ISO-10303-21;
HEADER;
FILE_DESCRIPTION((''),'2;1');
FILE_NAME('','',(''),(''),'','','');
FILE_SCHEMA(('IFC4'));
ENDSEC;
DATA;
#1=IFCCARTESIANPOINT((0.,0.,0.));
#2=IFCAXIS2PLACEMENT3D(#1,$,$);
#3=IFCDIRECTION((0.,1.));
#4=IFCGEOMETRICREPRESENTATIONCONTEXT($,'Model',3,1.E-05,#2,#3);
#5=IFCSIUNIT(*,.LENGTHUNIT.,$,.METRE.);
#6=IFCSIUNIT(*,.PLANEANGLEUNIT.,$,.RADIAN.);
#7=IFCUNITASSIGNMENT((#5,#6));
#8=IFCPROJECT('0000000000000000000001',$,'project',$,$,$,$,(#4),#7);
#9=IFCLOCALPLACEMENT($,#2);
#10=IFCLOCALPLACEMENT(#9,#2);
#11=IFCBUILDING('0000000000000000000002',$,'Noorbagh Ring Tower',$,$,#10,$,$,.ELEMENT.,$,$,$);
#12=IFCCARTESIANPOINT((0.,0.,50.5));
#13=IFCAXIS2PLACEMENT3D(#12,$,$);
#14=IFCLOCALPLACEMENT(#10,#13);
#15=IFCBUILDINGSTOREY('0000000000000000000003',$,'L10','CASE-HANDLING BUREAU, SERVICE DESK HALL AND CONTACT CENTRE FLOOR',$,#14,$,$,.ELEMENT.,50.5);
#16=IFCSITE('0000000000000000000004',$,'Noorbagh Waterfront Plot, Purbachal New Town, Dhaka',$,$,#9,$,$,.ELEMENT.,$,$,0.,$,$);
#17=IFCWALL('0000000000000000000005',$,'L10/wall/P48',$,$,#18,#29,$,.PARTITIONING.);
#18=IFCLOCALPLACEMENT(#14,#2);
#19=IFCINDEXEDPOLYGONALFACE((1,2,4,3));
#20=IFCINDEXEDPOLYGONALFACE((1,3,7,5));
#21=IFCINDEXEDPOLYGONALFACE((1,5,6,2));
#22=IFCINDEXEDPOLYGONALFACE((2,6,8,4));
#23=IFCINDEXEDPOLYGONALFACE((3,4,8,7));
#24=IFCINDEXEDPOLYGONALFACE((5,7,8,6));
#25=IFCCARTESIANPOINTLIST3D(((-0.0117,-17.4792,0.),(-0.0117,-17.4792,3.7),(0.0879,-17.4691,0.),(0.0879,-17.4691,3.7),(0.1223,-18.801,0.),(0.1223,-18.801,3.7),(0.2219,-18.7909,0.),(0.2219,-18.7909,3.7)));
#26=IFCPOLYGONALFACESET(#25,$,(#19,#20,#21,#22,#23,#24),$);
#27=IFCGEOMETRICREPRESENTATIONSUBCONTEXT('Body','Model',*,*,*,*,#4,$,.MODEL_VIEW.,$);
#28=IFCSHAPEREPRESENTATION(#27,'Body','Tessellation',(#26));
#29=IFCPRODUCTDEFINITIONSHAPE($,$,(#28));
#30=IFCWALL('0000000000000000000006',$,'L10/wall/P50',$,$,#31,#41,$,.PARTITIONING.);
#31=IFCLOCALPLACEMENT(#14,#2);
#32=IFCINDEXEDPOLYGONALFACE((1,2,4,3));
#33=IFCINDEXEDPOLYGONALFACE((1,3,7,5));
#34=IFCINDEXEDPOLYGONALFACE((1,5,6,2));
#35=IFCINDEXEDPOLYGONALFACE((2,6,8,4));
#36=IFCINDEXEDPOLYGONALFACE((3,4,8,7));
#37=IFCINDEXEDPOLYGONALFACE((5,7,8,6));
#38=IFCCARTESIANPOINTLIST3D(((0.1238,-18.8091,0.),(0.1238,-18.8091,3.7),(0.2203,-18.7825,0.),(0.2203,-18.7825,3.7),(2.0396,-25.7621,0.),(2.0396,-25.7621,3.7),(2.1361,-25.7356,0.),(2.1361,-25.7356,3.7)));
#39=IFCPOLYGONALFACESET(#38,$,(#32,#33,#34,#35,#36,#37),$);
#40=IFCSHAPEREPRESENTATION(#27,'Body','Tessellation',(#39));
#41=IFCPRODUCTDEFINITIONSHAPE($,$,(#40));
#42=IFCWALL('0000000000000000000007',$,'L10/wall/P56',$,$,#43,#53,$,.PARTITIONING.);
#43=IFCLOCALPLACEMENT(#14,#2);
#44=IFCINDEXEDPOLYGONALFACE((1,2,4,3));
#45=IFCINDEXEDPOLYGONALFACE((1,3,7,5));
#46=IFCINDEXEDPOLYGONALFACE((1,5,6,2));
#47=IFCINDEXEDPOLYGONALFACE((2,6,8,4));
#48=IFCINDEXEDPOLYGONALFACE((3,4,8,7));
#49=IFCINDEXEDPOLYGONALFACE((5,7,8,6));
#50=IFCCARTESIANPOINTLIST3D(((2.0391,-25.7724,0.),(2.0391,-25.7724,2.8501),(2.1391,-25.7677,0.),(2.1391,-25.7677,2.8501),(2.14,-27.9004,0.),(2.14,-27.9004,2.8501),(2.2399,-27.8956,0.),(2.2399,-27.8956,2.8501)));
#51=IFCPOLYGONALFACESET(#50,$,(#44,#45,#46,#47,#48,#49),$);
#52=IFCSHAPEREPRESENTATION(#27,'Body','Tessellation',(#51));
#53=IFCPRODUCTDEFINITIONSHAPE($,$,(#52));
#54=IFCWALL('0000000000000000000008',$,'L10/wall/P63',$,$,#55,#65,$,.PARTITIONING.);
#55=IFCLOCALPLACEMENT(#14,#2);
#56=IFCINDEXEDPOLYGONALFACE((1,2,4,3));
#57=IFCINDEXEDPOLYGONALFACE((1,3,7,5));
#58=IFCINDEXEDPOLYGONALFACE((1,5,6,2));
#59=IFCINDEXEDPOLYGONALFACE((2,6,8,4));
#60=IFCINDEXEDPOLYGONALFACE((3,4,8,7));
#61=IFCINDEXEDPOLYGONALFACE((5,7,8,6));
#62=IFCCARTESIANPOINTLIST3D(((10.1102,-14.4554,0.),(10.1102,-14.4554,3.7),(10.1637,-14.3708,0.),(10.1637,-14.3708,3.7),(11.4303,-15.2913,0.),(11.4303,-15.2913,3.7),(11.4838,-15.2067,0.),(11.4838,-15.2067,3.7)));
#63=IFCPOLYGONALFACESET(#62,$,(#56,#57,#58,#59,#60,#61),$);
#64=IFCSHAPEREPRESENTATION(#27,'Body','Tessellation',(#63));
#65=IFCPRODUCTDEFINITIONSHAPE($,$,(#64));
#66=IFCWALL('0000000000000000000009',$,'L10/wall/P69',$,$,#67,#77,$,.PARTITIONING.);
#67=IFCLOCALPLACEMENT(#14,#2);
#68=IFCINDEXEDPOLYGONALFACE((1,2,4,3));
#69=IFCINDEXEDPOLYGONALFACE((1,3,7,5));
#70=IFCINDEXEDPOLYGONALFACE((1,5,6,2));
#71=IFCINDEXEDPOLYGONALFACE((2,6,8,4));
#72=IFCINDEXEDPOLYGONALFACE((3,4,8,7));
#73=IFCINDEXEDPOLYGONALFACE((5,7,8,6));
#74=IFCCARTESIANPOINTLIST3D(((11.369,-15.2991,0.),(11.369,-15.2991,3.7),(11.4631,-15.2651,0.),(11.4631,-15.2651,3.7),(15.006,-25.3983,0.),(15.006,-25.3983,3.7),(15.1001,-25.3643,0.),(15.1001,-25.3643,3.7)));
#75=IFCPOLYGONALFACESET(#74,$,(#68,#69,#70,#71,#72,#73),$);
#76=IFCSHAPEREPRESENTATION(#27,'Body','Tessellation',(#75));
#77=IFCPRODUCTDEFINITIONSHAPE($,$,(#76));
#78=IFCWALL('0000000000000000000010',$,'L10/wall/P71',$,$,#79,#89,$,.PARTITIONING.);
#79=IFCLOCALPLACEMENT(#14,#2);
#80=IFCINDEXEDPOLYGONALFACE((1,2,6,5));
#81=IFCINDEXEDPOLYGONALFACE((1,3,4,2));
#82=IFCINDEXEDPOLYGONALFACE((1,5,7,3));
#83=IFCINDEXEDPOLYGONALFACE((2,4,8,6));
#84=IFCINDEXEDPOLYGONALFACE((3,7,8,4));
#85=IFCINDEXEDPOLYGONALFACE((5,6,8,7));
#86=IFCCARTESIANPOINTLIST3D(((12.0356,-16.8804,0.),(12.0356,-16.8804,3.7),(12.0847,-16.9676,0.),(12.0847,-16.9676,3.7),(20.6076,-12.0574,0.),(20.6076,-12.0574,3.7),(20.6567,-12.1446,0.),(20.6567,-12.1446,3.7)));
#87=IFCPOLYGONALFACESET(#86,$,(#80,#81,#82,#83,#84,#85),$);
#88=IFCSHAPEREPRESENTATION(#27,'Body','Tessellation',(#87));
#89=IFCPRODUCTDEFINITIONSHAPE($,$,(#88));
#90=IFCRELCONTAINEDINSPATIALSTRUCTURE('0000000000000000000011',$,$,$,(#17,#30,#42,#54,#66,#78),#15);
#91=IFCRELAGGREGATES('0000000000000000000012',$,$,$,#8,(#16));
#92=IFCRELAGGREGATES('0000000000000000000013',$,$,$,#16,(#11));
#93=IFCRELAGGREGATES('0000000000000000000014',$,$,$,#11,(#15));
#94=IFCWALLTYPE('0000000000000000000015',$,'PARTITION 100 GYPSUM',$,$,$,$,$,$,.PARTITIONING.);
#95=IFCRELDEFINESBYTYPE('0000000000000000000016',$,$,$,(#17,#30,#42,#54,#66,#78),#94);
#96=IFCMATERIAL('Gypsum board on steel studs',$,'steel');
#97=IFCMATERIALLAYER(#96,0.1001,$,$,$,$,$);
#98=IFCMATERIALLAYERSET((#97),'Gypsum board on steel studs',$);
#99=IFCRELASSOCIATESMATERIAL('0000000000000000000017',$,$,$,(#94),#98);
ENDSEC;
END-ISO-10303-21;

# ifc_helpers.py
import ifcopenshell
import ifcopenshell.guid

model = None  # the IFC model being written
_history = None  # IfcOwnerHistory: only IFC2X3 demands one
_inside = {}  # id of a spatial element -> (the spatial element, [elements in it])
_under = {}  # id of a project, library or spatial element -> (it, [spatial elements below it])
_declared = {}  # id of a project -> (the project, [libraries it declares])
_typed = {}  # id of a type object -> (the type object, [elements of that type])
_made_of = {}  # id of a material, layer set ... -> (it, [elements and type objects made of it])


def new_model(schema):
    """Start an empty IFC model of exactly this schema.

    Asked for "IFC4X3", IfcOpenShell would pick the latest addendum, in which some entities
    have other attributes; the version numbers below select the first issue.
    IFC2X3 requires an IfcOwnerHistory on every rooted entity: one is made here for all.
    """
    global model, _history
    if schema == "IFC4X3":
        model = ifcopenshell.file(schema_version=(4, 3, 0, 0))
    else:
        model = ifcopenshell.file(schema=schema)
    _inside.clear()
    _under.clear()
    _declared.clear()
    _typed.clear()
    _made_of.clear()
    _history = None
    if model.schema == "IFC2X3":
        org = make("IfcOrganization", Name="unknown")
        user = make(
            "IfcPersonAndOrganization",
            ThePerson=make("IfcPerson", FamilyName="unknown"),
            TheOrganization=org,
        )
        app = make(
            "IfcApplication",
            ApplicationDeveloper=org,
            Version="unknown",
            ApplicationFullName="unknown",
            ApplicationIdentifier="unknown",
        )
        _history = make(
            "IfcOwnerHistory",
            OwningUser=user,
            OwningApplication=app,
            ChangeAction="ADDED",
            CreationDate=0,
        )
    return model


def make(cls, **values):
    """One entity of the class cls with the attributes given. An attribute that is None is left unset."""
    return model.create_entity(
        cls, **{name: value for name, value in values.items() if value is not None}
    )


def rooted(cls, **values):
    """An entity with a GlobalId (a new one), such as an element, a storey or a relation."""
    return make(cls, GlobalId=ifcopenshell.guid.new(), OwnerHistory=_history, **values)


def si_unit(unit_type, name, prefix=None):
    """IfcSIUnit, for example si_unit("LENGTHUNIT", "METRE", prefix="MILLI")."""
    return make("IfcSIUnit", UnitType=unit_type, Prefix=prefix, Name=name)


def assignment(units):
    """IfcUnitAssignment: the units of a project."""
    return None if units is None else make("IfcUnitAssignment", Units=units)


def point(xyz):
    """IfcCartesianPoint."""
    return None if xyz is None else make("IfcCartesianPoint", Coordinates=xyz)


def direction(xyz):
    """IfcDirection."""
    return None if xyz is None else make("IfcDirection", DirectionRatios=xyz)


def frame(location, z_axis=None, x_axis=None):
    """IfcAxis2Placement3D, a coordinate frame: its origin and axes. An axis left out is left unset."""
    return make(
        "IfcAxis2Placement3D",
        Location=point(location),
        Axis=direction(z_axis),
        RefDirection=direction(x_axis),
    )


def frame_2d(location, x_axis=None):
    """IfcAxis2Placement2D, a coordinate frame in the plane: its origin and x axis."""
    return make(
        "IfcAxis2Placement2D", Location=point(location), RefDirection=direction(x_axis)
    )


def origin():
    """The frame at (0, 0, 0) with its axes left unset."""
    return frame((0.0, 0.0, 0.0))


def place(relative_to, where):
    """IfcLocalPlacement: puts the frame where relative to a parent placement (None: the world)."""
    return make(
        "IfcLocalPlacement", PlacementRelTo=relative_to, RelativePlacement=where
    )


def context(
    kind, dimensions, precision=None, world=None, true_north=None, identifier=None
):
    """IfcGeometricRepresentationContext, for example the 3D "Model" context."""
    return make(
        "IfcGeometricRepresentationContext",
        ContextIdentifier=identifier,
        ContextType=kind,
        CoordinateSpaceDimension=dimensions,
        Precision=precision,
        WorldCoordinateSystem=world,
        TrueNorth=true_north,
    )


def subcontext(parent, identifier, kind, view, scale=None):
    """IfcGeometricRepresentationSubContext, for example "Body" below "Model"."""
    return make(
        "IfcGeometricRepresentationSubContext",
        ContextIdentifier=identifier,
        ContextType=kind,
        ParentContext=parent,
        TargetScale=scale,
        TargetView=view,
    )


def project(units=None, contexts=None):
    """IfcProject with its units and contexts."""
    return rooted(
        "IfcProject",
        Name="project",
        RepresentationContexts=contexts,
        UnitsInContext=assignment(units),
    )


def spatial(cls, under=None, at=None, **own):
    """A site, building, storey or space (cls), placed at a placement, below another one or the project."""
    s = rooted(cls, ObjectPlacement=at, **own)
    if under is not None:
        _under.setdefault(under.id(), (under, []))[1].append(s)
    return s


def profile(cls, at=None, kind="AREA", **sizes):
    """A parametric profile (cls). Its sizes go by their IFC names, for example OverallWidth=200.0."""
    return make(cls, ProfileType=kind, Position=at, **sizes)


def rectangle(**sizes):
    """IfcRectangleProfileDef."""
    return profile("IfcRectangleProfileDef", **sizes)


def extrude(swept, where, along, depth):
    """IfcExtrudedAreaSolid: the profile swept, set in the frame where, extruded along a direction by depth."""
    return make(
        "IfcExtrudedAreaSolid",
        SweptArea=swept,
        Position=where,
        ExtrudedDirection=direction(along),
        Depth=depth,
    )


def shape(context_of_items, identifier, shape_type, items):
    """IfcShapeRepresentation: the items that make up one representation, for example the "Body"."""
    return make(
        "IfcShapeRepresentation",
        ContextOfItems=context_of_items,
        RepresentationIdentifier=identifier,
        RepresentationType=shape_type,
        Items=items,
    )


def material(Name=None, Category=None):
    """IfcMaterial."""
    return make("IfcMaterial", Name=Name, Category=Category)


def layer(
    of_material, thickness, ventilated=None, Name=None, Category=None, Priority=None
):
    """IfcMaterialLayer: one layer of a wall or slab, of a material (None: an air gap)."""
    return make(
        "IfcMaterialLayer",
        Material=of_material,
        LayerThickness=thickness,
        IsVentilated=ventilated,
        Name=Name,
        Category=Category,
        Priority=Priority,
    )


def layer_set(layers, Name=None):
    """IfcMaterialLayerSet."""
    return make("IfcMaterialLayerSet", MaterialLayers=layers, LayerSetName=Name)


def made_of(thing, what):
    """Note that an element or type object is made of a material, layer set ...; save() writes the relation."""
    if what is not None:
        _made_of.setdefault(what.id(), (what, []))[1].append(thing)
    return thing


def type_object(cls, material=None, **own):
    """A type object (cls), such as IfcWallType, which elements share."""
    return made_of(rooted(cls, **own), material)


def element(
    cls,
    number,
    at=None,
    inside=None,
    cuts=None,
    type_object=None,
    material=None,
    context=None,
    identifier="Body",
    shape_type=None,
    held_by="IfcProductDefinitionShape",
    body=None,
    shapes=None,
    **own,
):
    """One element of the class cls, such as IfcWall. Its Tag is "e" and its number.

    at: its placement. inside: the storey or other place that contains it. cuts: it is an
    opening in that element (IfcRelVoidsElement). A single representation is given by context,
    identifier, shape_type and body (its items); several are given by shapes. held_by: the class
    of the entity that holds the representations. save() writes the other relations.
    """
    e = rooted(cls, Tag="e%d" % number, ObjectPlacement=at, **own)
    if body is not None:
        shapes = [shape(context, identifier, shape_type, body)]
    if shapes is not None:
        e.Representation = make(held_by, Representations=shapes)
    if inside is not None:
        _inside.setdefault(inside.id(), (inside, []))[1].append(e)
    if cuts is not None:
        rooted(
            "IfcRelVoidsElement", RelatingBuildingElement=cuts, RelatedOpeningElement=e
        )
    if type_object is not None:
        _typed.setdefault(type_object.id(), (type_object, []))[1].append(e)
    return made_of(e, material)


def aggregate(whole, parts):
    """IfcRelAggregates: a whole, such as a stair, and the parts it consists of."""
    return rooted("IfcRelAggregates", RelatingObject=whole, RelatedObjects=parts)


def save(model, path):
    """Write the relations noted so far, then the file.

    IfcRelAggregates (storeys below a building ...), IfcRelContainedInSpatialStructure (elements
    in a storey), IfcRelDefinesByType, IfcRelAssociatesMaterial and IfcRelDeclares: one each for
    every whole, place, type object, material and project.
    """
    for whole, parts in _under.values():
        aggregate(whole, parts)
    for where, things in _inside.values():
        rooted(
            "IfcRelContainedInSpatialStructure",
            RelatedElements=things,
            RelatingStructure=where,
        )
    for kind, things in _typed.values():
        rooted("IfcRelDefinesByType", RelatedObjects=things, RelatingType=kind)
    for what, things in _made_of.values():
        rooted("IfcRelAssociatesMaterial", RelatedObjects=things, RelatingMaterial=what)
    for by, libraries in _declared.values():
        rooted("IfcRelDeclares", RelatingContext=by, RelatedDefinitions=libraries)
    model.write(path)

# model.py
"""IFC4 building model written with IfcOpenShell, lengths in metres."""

from ifc_helpers import new_model, si_unit, direction, frame, frame_2d, origin, place, context, subcontext, project, spatial, rectangle, extrude, material, layer, layer_set, type_object, element, save


model = new_model("IFC4")

# Units and contexts
model_context = context("Model", 3, precision=1e-05, world=origin(), true_north=direction((0.0, 1.0)))
body_context = subcontext(model_context, "Body", "Model", "MODEL_VIEW")
ifc_project = project(units=[si_unit("LENGTHUNIT", "METRE"), si_unit("PLANEANGLEUNIT", "RADIAN")], contexts=[model_context])

# Site, building, storey
site_placement = place(None, origin())
site = spatial("IfcSite", under=ifc_project, at=site_placement, Name="Noorbagh Waterfront Plot, Purbachal New Town, Dhaka", CompositionType="ELEMENT", RefElevation=0.0)
building_placement = place(site_placement, origin())
building = spatial("IfcBuilding", under=site, at=building_placement, Name="Noorbagh Ring Tower", CompositionType="ELEMENT")
storey_placement = place(building_placement, frame((0.0, 0.0, 50.5)))
storey = spatial("IfcBuildingStorey", under=building, at=storey_placement, Name="L10", Description="CASE-HANDLING BUREAU, SERVICE DESK HALL AND CONTACT CENTRE FLOOR", CompositionType="ELEMENT", Elevation=50.5)

# Walls
ifc_material_1 = material(Name="Gypsum board on steel studs", Category="steel")
ifc_layer_1 = layer(ifc_material_1, 0.1001)
ifc_layer_set_1 = layer_set([ifc_layer_1], Name="Gypsum board on steel studs")
wall_type_1 = type_object("IfcWallType", Name="PARTITION 100 GYPSUM", PredefinedType="PARTITIONING", material=ifc_layer_set_1)
wall_1_placement = place(storey_placement, frame((0.0381, -17.4741, 0.0), z_axis=(0.0, 0.0, 1.0), x_axis=(0.100886, -0.994898, 0.0)))
element("IfcWall", 1, at=wall_1_placement, inside=storey, type_object=wall_type_1, Name="L10/wall/P48", PredefinedType="PARTITIONING", context=body_context, shape_type="SweptSolid", body=[
    extrude(rectangle(XDim=1.3286, YDim=0.1001, at=frame_2d((0.6643, 0.0))), origin(), (0.0, 0.0, 1.0), 3.7),
])
wall_2_placement = place(storey_placement, frame((0.1721, -18.7959, 0.0), z_axis=(0.0, 0.0, 1.0), x_axis=(0.265629, -0.964075, 0.0)))
element("IfcWall", 2, at=wall_2_placement, inside=storey, type_object=wall_type_1, Name="L10/wall/P50", PredefinedType="PARTITIONING", context=body_context, shape_type="SweptSolid", body=[
    extrude(rectangle(XDim=7.2122, YDim=0.1001, at=frame_2d((3.606, 0.0))), origin(), (0.0, 0.0, 1.0), 3.7),
])
wall_3_placement = place(storey_placement, frame((2.0891, -25.77, 0.0), z_axis=(0.0, 0.0, 1.0), x_axis=(0.047331, -0.998879, 0.0)))
element("IfcWall", 3, at=wall_3_placement, inside=storey, type_object=wall_type_1, Name="L10/wall/P56", PredefinedType="PARTITIONING", context=body_context, shape_type="SweptSolid", body=[
    extrude(rectangle(XDim=2.1304, YDim=0.1001, at=frame_2d((1.0652, 0.0))), origin(), (0.0, 0.0, 1.0), 2.8501),
])
wall_4_placement = place(storey_placement, frame((10.137, -14.4131, 0.0), z_axis=(0.0, 0.0, 1.0), x_axis=(0.84485, -0.535004, 0.0)))
element("IfcWall", 4, at=wall_4_placement, inside=storey, type_object=wall_type_1, Name="L10/wall/P63", PredefinedType="PARTITIONING", context=body_context, shape_type="SweptSolid", body=[
    extrude(rectangle(XDim=1.5625, YDim=0.1001, at=frame_2d((0.7812, 0.0))), origin(), (0.0, 0.0, 1.0), 3.7),
])
wall_5_placement = place(storey_placement, frame((11.416, -15.282, 0.0), z_axis=(0.0, 0.0, 1.0), x_axis=(0.338825, -0.940849, 0.0)))
element("IfcWall", 5, at=wall_5_placement, inside=storey, type_object=wall_type_1, Name="L10/wall/P69", PredefinedType="PARTITIONING", context=body_context, shape_type="SweptSolid", body=[
    extrude(rectangle(XDim=10.7341, YDim=0.1001, at=frame_2d((5.3672, 0.0))), origin(), (0.0, 0.0, 1.0), 3.7),
])
wall_6_placement = place(storey_placement, frame((12.0601, -16.9241, 0.0), z_axis=(0.0, 0.0, 1.0), x_axis=(0.871522, 0.490357, 0.0)))
element("IfcWall", 6, at=wall_6_placement, inside=storey, type_object=wall_type_1, Name="L10/wall/P71", PredefinedType="PARTITIONING", context=body_context, shape_type="SweptSolid", body=[
    extrude(rectangle(XDim=9.8357, YDim=0.1001, at=frame_2d((4.918, 0.0))), origin(), (0.0, 0.0, 1.0), 3.7),
])

save(model, "model.ifc")
